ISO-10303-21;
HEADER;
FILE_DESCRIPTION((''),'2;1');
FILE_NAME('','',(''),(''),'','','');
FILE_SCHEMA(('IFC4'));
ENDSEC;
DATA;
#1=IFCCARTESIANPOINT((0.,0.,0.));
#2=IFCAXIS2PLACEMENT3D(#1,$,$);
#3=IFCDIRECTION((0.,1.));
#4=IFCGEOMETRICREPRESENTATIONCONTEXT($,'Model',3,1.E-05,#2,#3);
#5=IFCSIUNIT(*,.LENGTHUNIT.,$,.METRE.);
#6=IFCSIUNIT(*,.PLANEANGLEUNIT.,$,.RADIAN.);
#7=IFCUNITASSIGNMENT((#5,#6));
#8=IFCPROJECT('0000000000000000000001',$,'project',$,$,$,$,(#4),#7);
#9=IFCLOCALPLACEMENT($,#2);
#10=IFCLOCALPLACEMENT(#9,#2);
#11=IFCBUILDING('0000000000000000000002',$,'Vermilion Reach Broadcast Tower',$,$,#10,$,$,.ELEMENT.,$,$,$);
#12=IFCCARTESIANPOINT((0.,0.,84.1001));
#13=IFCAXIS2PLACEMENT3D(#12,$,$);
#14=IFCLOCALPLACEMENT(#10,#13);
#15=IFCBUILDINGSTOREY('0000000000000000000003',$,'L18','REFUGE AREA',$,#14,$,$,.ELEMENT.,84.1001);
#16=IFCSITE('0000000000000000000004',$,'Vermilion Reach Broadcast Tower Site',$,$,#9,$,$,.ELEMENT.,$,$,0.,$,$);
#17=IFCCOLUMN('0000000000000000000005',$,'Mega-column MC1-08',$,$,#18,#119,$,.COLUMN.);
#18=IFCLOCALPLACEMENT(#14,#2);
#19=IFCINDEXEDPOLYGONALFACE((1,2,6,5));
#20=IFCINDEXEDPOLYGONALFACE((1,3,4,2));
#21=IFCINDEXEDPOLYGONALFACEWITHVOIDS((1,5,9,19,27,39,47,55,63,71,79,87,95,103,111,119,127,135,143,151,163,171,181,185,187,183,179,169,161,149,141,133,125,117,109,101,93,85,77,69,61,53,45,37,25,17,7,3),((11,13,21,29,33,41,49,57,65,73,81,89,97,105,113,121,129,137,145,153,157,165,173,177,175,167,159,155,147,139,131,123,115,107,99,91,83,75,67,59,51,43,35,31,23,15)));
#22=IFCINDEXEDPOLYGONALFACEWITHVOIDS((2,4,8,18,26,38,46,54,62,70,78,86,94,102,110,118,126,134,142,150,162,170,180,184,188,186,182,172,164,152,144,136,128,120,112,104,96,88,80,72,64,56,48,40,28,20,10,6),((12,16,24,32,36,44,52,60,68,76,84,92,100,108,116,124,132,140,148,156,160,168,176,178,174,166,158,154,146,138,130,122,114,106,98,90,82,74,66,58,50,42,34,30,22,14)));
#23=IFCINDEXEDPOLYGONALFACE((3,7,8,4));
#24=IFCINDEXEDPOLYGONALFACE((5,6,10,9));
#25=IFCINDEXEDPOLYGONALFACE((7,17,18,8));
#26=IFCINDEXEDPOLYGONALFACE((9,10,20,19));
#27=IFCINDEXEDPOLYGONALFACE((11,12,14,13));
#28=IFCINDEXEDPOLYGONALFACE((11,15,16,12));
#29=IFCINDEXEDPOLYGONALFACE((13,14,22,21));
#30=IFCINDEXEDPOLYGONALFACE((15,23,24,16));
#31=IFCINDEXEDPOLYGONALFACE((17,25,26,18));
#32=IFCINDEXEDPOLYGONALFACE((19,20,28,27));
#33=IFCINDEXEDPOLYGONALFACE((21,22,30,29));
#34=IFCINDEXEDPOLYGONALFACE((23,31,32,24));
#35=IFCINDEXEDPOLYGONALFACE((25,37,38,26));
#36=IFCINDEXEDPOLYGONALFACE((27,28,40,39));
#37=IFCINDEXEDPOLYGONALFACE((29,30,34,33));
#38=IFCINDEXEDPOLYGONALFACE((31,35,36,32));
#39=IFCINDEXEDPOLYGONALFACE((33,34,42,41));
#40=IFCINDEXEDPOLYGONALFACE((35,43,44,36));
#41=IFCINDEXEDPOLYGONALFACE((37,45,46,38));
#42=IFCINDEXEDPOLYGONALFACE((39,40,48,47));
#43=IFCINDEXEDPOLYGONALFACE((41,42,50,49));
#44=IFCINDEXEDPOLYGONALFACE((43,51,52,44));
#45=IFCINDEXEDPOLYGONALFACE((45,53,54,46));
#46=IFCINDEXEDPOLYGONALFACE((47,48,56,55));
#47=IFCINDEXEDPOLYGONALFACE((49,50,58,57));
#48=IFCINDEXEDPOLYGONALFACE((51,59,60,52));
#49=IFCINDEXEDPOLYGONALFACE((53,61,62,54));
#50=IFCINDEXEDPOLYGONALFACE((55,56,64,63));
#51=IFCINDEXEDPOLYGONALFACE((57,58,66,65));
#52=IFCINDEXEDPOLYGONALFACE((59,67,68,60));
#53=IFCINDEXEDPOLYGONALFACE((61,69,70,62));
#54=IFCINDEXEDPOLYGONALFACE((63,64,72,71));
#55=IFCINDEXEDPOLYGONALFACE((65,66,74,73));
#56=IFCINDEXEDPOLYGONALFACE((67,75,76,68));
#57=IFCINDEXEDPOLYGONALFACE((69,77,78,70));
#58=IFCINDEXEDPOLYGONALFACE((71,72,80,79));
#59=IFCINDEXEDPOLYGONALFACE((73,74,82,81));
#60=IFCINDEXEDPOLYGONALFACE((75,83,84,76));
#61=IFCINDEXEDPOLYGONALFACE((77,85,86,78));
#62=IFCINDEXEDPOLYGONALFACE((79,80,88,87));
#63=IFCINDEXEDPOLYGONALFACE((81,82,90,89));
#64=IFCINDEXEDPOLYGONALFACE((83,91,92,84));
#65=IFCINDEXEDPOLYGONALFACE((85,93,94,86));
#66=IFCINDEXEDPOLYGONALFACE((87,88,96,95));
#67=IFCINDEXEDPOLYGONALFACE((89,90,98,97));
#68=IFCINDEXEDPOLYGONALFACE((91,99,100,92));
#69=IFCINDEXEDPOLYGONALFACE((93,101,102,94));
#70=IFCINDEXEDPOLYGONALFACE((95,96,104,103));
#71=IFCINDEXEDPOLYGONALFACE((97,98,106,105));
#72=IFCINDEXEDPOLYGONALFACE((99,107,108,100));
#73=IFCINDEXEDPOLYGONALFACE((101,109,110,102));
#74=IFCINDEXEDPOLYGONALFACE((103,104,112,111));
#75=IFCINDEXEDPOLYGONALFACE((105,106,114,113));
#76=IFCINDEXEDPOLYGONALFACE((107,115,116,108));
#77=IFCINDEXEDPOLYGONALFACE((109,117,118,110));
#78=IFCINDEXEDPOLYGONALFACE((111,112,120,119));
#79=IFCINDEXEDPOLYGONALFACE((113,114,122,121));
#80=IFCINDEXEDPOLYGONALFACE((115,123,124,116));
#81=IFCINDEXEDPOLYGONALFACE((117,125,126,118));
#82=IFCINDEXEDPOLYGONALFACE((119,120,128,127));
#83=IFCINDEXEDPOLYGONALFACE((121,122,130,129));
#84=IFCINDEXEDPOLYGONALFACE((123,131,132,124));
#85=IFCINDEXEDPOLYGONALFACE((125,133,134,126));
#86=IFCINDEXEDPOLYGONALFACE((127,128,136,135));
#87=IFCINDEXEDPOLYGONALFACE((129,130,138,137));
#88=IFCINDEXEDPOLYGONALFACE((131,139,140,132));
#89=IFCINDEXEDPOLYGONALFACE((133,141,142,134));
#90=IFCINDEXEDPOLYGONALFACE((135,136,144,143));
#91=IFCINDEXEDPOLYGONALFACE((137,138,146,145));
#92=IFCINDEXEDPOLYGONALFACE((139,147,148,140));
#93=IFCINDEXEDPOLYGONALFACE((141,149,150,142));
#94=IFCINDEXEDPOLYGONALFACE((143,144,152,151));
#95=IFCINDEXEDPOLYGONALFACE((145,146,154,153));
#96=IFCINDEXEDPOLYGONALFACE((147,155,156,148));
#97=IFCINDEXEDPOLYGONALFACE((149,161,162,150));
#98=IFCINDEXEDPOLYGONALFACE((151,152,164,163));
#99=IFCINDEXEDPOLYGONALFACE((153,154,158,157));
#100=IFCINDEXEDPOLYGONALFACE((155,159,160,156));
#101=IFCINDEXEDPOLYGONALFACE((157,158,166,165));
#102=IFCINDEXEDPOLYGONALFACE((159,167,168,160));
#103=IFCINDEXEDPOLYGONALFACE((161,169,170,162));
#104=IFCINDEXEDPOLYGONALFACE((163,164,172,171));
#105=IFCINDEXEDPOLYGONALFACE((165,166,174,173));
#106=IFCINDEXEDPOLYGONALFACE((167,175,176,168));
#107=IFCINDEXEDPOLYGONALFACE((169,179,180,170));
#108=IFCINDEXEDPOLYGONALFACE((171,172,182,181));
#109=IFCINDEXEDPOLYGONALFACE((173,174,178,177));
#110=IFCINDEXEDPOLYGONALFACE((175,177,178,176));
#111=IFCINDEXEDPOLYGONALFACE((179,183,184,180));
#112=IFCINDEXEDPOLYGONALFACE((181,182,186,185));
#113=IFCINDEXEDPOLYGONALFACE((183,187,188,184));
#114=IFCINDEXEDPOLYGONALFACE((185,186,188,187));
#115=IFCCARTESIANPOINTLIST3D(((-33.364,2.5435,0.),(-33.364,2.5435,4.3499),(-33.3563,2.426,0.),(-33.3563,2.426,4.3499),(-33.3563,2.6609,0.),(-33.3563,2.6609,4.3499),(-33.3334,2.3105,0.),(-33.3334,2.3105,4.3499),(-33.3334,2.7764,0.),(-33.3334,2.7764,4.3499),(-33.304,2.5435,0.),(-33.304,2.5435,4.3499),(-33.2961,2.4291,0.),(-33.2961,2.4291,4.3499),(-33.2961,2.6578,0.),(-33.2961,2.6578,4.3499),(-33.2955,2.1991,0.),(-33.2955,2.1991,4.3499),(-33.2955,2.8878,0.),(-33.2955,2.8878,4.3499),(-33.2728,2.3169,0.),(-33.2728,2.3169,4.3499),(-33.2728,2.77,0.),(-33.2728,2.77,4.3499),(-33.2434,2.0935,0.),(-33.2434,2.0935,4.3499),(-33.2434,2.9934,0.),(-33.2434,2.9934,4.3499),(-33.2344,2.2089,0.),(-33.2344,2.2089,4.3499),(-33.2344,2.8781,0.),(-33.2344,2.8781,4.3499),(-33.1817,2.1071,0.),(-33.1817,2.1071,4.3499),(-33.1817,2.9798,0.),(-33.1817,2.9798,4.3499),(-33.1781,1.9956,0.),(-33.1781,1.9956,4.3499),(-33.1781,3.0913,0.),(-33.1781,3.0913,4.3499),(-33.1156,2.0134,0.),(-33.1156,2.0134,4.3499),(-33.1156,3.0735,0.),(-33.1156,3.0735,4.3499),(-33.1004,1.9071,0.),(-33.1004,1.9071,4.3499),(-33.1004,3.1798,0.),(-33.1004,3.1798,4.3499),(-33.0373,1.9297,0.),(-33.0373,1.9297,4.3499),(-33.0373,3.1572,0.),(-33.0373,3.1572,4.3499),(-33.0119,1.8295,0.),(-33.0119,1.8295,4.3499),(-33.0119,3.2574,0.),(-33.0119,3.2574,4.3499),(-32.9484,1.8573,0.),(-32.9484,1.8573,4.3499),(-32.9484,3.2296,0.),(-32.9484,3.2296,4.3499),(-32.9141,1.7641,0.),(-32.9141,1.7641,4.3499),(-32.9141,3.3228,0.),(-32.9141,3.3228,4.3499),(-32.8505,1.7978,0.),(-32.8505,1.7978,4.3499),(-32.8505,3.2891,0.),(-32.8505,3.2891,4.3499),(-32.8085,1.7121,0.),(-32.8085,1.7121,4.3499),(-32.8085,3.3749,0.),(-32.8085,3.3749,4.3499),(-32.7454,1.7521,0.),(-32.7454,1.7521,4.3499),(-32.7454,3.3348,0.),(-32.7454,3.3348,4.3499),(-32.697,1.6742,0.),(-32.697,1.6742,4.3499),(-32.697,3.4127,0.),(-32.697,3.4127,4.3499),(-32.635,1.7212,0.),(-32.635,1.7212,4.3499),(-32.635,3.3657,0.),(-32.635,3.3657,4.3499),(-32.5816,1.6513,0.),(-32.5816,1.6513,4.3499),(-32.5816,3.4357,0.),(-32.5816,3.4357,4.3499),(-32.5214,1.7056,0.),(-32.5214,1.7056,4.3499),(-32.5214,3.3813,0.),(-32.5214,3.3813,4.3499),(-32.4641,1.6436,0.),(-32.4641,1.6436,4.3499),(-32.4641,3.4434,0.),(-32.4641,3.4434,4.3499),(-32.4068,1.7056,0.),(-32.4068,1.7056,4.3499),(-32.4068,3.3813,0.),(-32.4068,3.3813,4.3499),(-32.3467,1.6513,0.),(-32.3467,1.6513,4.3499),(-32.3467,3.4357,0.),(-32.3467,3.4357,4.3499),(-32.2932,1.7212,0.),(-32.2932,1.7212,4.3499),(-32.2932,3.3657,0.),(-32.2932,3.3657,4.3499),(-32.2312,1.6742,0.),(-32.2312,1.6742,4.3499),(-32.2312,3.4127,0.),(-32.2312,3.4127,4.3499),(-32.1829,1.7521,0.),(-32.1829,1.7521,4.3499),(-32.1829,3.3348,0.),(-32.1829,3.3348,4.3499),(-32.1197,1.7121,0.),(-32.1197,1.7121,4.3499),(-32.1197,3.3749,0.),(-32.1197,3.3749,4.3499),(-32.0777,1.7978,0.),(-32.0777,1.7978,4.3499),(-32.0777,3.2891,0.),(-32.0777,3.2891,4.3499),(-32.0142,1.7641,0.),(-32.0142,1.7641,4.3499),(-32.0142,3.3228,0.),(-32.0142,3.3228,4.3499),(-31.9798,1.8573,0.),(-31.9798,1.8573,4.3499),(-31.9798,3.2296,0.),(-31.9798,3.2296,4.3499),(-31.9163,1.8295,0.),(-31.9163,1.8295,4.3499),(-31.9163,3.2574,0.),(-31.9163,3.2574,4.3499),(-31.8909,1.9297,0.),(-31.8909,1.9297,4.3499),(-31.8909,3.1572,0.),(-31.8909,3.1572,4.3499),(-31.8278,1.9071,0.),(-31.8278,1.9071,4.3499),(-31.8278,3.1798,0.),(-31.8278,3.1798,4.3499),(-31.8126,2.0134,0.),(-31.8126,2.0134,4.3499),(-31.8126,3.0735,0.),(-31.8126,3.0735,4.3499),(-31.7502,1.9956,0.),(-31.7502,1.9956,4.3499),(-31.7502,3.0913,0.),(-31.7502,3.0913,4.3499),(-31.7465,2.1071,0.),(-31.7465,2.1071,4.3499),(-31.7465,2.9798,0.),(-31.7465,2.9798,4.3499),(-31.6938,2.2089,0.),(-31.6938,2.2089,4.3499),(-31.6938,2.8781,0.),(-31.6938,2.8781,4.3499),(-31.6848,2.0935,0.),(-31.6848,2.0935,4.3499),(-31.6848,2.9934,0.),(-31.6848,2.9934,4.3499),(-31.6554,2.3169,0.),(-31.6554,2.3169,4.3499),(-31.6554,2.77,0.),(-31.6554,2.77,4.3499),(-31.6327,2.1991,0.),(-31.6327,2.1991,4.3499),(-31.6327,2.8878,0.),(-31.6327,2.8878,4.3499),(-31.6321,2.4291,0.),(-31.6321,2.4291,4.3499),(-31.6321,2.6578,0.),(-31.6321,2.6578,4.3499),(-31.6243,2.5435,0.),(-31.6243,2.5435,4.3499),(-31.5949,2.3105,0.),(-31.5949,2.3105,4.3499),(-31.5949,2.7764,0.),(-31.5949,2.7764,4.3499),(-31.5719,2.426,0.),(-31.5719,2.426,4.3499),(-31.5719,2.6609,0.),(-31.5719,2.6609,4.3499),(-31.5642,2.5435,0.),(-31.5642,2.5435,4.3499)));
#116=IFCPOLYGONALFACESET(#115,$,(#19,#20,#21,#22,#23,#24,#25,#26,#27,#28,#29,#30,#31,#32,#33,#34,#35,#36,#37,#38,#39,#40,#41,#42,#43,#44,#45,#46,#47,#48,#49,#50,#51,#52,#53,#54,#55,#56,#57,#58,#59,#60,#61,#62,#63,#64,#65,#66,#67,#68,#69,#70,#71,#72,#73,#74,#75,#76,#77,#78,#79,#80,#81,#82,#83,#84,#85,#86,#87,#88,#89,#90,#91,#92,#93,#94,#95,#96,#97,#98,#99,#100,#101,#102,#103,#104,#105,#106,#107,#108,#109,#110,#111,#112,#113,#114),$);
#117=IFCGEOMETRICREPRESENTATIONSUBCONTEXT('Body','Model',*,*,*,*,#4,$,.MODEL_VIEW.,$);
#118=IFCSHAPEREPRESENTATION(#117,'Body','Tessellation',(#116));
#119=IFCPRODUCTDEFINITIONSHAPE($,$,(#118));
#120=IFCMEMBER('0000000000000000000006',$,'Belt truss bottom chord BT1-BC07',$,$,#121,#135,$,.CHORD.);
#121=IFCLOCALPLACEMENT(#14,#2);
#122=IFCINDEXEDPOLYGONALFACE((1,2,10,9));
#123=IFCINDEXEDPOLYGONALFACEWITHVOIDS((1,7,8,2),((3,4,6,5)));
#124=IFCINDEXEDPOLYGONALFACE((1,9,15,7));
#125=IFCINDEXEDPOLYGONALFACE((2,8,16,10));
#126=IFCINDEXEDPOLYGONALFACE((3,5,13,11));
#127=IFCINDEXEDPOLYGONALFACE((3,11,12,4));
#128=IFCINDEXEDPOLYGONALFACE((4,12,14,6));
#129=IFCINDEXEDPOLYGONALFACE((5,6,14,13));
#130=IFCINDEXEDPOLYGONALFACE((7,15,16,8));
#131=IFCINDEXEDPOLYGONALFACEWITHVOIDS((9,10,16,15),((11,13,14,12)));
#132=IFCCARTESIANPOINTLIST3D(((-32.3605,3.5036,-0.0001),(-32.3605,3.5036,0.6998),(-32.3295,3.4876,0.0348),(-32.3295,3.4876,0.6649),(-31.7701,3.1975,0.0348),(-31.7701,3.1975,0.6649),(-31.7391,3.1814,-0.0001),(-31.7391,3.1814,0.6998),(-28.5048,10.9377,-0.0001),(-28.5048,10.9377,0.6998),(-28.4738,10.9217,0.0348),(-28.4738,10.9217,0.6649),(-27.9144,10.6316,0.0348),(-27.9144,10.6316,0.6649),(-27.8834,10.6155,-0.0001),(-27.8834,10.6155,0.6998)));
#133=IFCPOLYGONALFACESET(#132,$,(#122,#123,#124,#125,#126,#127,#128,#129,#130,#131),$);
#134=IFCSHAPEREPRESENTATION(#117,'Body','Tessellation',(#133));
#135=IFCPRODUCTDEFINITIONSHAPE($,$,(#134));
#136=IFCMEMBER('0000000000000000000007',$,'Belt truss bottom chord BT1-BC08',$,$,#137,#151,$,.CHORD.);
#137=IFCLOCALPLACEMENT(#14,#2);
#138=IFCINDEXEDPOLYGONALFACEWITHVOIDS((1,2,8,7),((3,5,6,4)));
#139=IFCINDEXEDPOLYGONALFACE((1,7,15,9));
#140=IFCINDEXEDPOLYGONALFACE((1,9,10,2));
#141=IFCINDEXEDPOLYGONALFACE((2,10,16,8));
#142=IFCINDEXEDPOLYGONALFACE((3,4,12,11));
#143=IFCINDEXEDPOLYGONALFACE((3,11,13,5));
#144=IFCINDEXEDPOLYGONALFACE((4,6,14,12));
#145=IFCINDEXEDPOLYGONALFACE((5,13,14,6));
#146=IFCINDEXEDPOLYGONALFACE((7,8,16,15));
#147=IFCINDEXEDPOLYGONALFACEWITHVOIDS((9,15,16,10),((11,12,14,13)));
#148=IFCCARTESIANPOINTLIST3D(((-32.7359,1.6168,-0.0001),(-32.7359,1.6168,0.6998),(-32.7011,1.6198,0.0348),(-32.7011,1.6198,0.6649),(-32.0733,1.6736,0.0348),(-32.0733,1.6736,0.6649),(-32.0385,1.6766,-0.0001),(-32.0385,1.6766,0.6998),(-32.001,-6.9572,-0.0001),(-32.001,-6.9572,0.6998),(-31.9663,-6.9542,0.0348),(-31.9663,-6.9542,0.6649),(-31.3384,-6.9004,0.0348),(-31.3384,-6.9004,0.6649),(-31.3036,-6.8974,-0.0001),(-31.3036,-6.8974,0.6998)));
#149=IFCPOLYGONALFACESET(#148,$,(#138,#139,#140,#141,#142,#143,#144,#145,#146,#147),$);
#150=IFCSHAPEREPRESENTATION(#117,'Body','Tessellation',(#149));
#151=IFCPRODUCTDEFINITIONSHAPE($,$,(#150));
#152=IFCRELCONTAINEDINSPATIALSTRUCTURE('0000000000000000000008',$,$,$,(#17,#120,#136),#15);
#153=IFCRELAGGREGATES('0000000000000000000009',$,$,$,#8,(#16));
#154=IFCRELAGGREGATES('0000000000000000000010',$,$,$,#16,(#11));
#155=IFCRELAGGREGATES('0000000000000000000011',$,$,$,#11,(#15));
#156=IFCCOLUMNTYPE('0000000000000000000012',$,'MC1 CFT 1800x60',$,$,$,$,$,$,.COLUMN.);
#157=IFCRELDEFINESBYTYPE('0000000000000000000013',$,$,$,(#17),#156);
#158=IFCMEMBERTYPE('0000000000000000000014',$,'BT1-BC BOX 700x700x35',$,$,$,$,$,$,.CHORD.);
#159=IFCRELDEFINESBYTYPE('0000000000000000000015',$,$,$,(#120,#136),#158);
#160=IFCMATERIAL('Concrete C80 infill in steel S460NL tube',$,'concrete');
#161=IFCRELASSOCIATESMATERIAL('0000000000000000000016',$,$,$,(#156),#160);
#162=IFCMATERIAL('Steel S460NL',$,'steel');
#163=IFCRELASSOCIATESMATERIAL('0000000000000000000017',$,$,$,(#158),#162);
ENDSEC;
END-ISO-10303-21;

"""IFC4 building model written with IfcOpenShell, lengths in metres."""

from ifc_helpers import new_model, si_unit, direction, frame, origin, origin_2d, place, context, subcontext, project, spatial, hollow_rectangle, hollow_circle, extrude, material, material_profile, profile_set, type_object, element, save


model = new_model("IFC4")

# Units and contexts
model_context = context("Model", 3, precision=1e-05, world=origin(), true_north=direction((0.0, 1.0)))
body_context = subcontext(model_context, "Body", "Model", "MODEL_VIEW")
ifc_project = project(units=[si_unit("LENGTHUNIT", "METRE"), si_unit("PLANEANGLEUNIT", "RADIAN")], contexts=[model_context])

# Site, building, storey
site_placement = place(None, origin())
site = spatial("IfcSite", under=ifc_project, at=site_placement, Name="Vermilion Reach Broadcast Tower Site", CompositionType="ELEMENT", RefElevation=0.0)
building_placement = place(site_placement, origin())
building = spatial("IfcBuilding", under=site, at=building_placement, Name="Vermilion Reach Broadcast Tower", CompositionType="ELEMENT")
storey_placement = place(building_placement, frame((0.0, 0.0, 84.1001)))
storey = spatial("IfcBuildingStorey", under=building, at=storey_placement, Name="L18", Description="REFUGE AREA", CompositionType="ELEMENT", Elevation=84.1001)

# Column
ifc_material_1 = material(Name="Concrete C80 infill in steel S460NL tube", Category="concrete")
ifc_material_profile_1 = material_profile(ifc_material_1, hollow_circle(Radius=0.8999, WallThickness=0.0601, at=origin_2d()), Name="Concrete C80 infill in steel S460NL tube CFT 1800x60")
ifc_profile_set_1 = profile_set([ifc_material_profile_1], Name="Concrete C80 infill in steel S460NL tube")
column_type = type_object("IfcColumnType", Name="MC1 CFT 1800x60", PredefinedType="COLUMN", material=ifc_profile_set_1)
column_placement = place(storey_placement, frame((-32.4641, 2.5435, 0.0), z_axis=(0.0, 0.0, 1.0), x_axis=(1.0, 0.0, 0.0)))
element("IfcColumn", 1, at=column_placement, inside=storey, type_object=column_type, Name="Mega-column MC1-08", PredefinedType="COLUMN", context=body_context, shape_type="SweptSolid", body=[
    extrude(hollow_circle(Radius=0.8999, WallThickness=0.0601, at=origin_2d()), origin(), (0.0, 0.0, 1.0), 4.3499),
])

# Members
ifc_material_2 = material(Name="Steel S460NL", Category="steel")
ifc_material_profile_2 = material_profile(ifc_material_2, hollow_rectangle(XDim=0.7, YDim=0.7, WallThickness=0.0349, at=origin_2d()), Name="S460NL BOX 700x700x35")
ifc_profile_set_2 = profile_set([ifc_material_profile_2], Name="Steel S460NL")
member_type_1 = type_object("IfcMemberType", Name="BT1-BC BOX 700x700x35", PredefinedType="CHORD", material=ifc_profile_set_2)
member_1_placement = place(storey_placement, frame((-28.1941, 10.7766, 0.3499), z_axis=(-0.460412, -0.887706, 0.0), x_axis=(0.887706, -0.460412, 0.0)))
element("IfcMember", 2, at=member_1_placement, inside=storey, type_object=member_type_1, Name="Belt truss bottom chord BT1-BC07", PredefinedType="CHORD", context=body_context, shape_type="SweptSolid", body=[
    extrude(hollow_rectangle(XDim=0.7, YDim=0.7, WallThickness=0.0349, at=origin_2d()), origin(), (0.0, 0.0, 1.0), 8.3745),
])
member_2_placement = place(storey_placement, frame((-32.3872, 1.6467, 0.3499), z_axis=(0.085396, -0.996347, 0.0), x_axis=(0.996347, 0.085396, 0.0)))
element("IfcMember", 3, at=member_2_placement, inside=storey, type_object=member_type_1, Name="Belt truss bottom chord BT1-BC08", PredefinedType="CHORD", context=body_context, shape_type="SweptSolid", body=[
    extrude(hollow_rectangle(XDim=0.7, YDim=0.7, WallThickness=0.0349, at=origin_2d()), origin(), (0.0, 0.0, 1.0), 8.6055),
])

save(model, "model.ifc")
